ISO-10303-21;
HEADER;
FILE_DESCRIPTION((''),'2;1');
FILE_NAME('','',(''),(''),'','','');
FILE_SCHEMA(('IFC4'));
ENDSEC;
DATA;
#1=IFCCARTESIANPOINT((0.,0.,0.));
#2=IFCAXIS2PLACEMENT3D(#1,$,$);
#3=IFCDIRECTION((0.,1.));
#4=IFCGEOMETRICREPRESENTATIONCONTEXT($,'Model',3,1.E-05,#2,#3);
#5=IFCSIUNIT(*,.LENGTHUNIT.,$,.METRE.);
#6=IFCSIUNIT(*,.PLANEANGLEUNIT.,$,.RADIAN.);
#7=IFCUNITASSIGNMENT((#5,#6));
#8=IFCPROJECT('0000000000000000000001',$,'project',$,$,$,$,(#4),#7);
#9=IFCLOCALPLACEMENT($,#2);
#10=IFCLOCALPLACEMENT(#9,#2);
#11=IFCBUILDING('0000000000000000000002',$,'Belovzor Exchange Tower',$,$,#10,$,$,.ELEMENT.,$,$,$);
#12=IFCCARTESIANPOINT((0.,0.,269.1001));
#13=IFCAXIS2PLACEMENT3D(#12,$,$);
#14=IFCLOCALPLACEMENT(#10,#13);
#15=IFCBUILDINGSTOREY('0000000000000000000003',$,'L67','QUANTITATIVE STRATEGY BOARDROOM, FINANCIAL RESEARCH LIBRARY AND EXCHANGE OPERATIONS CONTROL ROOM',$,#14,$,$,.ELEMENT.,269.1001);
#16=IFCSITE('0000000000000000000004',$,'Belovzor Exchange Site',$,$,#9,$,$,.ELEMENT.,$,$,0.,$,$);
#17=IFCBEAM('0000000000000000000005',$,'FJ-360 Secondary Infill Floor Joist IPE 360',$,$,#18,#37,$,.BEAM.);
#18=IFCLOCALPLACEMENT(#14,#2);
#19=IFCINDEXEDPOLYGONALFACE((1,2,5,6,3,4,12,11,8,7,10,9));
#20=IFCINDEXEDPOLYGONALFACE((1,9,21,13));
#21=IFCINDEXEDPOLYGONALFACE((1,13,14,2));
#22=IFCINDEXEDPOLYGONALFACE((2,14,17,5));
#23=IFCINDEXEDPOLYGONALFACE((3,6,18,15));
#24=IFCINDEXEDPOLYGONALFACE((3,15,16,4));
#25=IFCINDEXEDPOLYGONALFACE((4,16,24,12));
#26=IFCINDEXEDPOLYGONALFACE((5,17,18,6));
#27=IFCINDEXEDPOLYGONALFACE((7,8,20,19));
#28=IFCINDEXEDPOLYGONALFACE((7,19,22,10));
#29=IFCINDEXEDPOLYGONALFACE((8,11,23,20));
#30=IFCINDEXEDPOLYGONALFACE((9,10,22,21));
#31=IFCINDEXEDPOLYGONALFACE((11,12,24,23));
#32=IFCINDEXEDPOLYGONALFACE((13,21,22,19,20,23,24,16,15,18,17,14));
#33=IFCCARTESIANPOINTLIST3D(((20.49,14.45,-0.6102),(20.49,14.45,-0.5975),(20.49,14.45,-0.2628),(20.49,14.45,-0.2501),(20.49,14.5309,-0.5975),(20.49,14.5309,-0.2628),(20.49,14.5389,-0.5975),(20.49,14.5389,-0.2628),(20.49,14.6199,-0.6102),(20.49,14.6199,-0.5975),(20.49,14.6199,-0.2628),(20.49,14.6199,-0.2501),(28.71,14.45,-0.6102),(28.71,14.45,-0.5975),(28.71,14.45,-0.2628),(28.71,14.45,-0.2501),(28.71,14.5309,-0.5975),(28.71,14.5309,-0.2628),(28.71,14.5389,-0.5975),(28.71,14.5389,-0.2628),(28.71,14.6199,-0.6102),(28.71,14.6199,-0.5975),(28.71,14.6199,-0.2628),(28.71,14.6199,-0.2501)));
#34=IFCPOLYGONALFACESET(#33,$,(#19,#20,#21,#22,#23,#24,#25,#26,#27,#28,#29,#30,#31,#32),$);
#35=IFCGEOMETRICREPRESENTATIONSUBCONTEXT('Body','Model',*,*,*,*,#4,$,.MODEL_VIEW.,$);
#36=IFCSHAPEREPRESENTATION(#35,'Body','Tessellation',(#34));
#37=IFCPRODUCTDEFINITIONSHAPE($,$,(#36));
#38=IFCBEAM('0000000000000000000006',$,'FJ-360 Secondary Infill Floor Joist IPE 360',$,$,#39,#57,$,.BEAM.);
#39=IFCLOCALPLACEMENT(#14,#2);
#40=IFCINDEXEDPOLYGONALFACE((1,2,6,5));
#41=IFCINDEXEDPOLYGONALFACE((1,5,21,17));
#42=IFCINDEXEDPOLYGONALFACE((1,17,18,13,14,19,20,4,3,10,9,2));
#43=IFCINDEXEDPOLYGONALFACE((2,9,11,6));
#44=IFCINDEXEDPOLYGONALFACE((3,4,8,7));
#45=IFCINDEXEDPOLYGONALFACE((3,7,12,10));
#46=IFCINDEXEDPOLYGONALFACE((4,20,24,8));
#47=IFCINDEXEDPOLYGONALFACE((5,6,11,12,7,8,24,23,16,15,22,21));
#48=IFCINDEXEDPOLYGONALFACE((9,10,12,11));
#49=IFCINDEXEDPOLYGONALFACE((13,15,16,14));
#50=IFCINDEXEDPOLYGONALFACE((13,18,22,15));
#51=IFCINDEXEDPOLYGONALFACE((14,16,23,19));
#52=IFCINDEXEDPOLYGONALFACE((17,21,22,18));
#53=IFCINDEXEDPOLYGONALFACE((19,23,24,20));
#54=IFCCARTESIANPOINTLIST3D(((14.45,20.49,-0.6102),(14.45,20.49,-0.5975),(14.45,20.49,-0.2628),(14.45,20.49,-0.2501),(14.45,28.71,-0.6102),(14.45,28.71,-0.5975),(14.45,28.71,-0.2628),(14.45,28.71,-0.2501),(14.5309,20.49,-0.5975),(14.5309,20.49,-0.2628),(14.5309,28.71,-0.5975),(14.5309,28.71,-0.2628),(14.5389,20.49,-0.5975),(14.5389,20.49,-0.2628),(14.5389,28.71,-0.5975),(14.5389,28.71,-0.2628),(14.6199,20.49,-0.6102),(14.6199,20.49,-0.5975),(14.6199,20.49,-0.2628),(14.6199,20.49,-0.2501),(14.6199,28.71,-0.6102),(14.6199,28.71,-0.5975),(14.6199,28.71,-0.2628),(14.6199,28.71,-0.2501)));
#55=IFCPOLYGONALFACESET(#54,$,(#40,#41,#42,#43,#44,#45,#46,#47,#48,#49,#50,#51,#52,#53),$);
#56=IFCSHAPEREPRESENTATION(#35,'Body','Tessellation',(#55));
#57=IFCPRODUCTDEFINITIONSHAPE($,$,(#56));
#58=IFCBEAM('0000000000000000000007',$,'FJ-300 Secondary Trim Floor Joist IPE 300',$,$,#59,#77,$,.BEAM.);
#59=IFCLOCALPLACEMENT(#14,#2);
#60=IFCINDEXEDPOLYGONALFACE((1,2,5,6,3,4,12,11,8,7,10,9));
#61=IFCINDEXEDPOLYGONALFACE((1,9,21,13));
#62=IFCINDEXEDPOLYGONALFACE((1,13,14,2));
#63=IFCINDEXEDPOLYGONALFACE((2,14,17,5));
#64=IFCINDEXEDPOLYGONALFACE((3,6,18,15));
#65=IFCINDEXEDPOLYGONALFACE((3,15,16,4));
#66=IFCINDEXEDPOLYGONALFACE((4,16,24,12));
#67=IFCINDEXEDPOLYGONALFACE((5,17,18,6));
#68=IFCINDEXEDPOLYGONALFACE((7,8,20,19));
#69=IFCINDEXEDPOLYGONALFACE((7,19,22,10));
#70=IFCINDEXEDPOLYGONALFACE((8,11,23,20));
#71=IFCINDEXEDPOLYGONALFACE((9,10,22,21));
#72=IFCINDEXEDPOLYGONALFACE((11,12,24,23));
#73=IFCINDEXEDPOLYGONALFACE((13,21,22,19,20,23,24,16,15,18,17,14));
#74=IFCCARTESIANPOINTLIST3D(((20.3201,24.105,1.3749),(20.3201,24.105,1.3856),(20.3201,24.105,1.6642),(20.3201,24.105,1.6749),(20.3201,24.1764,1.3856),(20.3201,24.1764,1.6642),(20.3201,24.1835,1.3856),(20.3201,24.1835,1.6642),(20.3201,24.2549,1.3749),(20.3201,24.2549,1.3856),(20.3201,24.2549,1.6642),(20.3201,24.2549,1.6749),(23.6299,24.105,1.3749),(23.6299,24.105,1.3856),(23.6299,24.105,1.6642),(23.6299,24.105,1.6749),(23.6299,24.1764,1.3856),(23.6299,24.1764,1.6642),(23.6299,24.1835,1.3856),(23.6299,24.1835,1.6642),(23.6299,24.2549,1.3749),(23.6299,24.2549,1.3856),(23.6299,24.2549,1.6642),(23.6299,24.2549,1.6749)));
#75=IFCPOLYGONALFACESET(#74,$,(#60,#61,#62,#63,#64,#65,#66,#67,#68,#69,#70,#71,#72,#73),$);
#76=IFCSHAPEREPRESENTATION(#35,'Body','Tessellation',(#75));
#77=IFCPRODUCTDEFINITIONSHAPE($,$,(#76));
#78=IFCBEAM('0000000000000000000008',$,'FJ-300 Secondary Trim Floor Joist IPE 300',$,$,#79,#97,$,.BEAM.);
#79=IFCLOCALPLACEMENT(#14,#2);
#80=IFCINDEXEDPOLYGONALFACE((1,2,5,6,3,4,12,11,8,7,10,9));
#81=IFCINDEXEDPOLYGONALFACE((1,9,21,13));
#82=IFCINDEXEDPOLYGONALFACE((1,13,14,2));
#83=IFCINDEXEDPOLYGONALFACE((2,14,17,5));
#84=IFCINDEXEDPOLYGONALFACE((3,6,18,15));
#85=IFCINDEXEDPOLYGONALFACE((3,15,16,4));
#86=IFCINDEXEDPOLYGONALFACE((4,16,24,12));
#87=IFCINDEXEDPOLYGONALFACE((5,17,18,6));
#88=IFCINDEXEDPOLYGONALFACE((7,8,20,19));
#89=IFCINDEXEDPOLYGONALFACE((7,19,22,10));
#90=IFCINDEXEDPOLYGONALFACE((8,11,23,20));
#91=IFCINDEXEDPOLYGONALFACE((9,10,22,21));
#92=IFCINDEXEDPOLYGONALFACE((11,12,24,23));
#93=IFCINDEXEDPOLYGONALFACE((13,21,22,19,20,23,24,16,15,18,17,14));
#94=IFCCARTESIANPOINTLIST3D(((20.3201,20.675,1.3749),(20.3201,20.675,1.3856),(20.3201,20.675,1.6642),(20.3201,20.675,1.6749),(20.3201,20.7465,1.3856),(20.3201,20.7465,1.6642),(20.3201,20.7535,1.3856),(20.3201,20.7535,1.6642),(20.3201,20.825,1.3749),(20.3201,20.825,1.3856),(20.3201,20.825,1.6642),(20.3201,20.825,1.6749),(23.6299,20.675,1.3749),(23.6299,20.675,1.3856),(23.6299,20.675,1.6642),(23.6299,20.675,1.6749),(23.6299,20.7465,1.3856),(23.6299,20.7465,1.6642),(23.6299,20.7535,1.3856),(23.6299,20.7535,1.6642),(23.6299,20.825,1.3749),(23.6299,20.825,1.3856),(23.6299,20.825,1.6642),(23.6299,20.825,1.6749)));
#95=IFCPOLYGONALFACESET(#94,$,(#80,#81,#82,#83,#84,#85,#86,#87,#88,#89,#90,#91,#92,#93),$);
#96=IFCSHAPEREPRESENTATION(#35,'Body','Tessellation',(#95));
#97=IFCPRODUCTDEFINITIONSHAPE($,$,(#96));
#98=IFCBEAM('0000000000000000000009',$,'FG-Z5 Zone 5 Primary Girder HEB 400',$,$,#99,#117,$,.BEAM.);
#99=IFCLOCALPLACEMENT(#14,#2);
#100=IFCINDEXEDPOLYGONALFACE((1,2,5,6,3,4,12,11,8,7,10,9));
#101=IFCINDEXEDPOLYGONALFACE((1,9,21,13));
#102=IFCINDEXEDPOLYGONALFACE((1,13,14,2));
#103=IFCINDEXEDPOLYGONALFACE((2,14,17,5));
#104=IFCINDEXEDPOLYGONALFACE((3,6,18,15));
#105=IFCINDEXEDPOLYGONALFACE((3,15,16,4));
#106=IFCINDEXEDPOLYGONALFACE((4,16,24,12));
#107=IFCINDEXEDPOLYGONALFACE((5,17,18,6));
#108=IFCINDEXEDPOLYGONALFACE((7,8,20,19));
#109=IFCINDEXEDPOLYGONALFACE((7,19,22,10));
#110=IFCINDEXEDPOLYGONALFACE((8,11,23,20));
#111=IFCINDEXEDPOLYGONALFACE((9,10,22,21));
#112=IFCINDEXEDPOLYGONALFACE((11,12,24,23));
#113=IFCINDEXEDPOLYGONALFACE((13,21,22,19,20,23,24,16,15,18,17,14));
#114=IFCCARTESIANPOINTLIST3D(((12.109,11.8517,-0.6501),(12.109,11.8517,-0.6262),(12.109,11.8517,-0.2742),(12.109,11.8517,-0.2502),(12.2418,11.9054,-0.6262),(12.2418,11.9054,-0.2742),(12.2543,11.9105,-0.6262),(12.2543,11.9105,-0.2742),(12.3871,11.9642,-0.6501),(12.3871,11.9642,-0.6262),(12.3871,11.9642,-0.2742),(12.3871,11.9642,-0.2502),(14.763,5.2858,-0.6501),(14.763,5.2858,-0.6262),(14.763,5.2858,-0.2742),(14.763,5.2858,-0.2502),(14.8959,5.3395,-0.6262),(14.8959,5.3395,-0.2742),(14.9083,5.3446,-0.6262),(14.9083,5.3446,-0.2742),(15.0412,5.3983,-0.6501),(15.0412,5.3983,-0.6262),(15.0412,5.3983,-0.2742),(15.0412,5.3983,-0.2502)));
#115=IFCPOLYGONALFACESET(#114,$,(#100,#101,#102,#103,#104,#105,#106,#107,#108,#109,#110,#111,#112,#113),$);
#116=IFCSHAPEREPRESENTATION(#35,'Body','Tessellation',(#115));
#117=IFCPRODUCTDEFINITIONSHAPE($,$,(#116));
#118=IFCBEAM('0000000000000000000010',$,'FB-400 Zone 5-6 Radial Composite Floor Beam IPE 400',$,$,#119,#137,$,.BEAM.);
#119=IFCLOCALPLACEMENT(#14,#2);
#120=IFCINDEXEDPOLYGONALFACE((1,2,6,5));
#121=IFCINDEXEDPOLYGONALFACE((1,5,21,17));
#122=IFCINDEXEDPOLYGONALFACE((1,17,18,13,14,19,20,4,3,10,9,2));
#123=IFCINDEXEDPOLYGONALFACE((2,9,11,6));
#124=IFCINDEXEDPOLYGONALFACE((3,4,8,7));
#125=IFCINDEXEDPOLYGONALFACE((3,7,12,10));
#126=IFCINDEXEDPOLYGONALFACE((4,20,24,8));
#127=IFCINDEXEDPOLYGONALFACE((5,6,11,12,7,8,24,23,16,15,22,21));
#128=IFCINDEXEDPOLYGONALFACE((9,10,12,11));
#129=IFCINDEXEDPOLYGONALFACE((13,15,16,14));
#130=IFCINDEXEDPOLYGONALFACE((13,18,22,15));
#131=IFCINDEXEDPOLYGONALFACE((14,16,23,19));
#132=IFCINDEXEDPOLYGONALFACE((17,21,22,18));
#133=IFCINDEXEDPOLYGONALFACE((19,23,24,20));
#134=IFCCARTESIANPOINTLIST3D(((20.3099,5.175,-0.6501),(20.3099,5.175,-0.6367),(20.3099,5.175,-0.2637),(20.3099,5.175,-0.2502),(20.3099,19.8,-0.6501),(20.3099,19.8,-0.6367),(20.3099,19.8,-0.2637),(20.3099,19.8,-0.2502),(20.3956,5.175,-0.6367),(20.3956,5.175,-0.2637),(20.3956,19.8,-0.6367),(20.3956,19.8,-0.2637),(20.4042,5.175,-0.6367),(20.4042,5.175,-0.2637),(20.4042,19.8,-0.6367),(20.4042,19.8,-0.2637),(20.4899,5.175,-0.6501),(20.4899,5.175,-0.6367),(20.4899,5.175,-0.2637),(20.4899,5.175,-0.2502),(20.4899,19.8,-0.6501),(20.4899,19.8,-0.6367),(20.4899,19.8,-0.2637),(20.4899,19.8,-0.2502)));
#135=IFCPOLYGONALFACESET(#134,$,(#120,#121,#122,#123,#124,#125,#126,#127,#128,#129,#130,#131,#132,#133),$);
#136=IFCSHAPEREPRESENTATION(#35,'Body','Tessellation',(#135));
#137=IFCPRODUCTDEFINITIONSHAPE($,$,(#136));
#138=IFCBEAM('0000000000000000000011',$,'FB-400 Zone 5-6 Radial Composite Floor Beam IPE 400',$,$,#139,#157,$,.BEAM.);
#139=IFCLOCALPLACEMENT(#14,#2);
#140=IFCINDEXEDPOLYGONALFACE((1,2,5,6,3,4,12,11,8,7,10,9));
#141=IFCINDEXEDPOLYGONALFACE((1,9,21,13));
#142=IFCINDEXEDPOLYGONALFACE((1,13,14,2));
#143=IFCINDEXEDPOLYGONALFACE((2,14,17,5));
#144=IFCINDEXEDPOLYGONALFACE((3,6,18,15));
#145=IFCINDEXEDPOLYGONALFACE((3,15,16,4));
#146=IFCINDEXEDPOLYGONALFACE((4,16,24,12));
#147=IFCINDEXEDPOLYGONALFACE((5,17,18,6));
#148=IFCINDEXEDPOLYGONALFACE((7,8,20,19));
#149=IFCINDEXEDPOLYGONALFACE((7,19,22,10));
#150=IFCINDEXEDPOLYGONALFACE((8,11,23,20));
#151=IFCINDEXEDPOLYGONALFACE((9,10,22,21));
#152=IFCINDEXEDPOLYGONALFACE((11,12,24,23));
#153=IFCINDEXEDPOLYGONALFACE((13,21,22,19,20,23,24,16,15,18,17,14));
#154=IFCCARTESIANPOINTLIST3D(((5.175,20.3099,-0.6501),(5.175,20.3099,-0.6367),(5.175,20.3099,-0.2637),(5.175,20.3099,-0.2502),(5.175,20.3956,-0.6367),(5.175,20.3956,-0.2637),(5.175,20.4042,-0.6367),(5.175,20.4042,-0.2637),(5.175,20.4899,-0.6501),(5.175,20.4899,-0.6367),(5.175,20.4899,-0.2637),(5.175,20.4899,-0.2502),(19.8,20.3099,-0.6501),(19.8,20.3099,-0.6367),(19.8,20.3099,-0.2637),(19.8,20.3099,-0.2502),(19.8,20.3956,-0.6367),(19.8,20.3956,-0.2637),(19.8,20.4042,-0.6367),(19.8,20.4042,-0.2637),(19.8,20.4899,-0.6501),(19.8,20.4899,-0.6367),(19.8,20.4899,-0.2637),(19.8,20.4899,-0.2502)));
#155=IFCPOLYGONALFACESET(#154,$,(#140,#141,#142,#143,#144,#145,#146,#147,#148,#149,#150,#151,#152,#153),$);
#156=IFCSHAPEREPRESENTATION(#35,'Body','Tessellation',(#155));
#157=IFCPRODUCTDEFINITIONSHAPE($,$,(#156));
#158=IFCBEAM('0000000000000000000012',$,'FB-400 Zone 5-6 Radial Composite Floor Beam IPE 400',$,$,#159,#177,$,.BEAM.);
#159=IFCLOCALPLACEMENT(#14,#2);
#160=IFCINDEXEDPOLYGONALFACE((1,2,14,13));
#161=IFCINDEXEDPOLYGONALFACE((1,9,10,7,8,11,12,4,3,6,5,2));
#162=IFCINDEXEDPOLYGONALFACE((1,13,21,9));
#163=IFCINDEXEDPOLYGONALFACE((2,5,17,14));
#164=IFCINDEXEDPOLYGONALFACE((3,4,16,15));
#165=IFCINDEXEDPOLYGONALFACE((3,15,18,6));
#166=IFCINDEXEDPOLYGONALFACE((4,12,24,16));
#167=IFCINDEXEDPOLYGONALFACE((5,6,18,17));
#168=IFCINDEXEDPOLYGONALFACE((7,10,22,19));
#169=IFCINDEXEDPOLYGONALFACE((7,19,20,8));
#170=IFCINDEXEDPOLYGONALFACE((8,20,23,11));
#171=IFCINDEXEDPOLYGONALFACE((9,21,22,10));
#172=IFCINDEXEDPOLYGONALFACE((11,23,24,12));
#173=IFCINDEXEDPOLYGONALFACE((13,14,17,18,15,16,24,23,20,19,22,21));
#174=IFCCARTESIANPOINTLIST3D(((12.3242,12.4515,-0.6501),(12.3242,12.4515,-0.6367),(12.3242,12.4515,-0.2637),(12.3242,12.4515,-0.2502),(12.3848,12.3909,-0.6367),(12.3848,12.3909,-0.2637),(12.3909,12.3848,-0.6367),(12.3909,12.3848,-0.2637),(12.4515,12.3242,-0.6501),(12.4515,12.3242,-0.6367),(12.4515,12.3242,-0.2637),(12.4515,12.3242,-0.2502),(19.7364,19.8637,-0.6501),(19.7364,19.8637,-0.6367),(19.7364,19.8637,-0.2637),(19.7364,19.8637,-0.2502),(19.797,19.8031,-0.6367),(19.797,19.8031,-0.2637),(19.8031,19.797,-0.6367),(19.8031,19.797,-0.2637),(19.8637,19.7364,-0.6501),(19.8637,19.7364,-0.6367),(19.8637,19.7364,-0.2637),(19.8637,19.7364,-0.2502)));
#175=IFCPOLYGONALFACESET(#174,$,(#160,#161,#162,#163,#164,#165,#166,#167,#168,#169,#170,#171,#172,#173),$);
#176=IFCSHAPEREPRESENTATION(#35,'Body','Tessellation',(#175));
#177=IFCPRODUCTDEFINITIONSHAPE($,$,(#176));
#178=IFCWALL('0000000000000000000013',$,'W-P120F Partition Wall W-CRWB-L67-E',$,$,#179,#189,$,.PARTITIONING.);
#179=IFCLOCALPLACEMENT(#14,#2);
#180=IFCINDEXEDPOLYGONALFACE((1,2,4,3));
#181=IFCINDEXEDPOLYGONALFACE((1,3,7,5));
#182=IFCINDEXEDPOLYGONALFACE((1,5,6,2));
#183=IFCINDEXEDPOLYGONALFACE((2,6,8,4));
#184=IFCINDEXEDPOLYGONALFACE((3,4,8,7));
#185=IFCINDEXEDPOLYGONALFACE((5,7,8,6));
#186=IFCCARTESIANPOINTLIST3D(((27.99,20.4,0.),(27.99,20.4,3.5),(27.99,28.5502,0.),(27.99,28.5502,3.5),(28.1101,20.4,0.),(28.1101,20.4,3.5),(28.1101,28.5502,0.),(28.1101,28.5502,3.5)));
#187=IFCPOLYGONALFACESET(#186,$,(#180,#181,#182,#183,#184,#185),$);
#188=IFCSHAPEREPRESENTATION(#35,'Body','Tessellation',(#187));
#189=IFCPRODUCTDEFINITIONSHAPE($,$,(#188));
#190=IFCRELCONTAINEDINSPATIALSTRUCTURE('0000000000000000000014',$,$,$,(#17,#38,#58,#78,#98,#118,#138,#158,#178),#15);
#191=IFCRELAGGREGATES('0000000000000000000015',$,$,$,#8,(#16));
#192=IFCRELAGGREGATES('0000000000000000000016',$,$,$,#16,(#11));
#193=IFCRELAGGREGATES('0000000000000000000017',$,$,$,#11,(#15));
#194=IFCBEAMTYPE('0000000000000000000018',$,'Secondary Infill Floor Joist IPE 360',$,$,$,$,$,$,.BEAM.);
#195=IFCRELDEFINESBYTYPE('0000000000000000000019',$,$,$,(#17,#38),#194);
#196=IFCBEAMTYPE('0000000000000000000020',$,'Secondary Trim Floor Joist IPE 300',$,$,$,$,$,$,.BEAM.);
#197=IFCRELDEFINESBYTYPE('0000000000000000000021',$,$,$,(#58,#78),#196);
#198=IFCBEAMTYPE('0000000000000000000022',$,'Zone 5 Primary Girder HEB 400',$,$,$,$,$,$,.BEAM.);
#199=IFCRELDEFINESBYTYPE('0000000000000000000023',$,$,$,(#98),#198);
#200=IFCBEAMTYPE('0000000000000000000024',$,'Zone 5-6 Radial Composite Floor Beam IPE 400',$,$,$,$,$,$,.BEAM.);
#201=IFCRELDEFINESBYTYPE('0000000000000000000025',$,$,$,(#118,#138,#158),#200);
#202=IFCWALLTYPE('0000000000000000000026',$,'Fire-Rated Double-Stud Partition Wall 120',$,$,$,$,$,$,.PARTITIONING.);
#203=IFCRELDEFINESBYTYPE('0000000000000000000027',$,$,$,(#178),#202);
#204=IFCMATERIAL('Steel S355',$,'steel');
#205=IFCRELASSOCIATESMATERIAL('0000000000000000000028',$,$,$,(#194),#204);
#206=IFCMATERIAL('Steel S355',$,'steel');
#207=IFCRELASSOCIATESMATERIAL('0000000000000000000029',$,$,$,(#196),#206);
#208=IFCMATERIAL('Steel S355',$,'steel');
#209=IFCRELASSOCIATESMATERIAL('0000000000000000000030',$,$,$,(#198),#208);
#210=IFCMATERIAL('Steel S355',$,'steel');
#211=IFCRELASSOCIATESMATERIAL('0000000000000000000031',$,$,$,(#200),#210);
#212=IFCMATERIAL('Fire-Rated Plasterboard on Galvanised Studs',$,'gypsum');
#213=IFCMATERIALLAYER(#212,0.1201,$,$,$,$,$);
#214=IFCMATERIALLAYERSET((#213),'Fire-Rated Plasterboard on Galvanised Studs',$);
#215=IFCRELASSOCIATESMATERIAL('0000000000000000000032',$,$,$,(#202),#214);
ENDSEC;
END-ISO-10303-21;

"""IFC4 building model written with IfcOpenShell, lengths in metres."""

from ifc_helpers import new_model, si_unit, direction, frame, frame_2d, origin, origin_2d, place, context, subcontext, project, spatial, rectangle, i_section, extrude, material, layer, layer_set, material_profile, profile_set, type_object, element, save


model = new_model("IFC4")

# Units and contexts
model_context = context("Model", 3, precision=1e-05, world=origin(), true_north=direction((0.0, 1.0)))
body_context = subcontext(model_context, "Body", "Model", "MODEL_VIEW")
ifc_project = project(units=[si_unit("LENGTHUNIT", "METRE"), si_unit("PLANEANGLEUNIT", "RADIAN")], contexts=[model_context])

# Site, building, storey
site_placement = place(None, origin())
site = spatial("IfcSite", under=ifc_project, at=site_placement, Name="Belovzor Exchange Site", CompositionType="ELEMENT", RefElevation=0.0)
building_placement = place(site_placement, origin())
building = spatial("IfcBuilding", under=site, at=building_placement, Name="Belovzor Exchange Tower", CompositionType="ELEMENT")
storey_placement = place(building_placement, frame((0.0, 0.0, 269.1001)))
storey = spatial("IfcBuildingStorey", under=building, at=storey_placement, Name="L67", Description="QUANTITATIVE STRATEGY BOARDROOM, FINANCIAL RESEARCH LIBRARY AND EXCHANGE OPERATIONS CONTROL ROOM", CompositionType="ELEMENT", Elevation=269.1001)

# Beams
ifc_material_1 = material(Name="Steel S355", Category="steel")
ifc_material_profile_1 = material_profile(ifc_material_1, i_section(OverallWidth=0.1699, OverallDepth=0.3601, WebThickness=0.0081, FlangeThickness=0.0127, at=origin_2d()))
ifc_profile_set_1 = profile_set([ifc_material_profile_1], Name="Steel S355")
beam_type_1 = type_object("IfcBeamType", Name="Secondary Infill Floor Joist IPE 360", PredefinedType="BEAM", material=ifc_profile_set_1)
for number, where, z_axis, x_axis, name in (
    (1, (20.49, 14.5349, -0.4302), (1.0, 0.0, 0.0), (0.0, 1.0, 0.0), "FJ-360 Secondary Infill Floor Joist IPE 360"),
    (2, (14.5349, 20.49, -0.4302), (0.0, 1.0, 0.0), (-1.0, 0.0, 0.0), "FJ-360 Secondary Infill Floor Joist IPE 360"),
):
    element("IfcBeam", number, at=place(storey_placement, frame(where, z_axis=z_axis, x_axis=x_axis)), inside=storey, type_object=beam_type_1, Name=name, PredefinedType="BEAM", context=body_context, shape_type="SweptSolid", body=[
        extrude(i_section(OverallWidth=0.1699, OverallDepth=0.3601, WebThickness=0.0081, FlangeThickness=0.0127, at=origin_2d()), origin(), (0.0, 0.0, 1.0), 8.22),
    ])
ifc_material_2 = material(Name="Steel S355", Category="steel")
ifc_material_profile_2 = material_profile(ifc_material_2, i_section(OverallWidth=0.1499, OverallDepth=0.3, WebThickness=0.0071, FlangeThickness=0.0107, at=origin_2d()))
ifc_profile_set_2 = profile_set([ifc_material_profile_2], Name="Steel S355")
beam_type_2 = type_object("IfcBeamType", Name="Secondary Trim Floor Joist IPE 300", PredefinedType="BEAM", material=ifc_profile_set_2)
for number, where, z_axis, x_axis, name in (
    (3, (20.3201, 24.1799, 1.5249), (1.0, 0.0, 0.0), (0.0, 1.0, 0.0), "FJ-300 Secondary Trim Floor Joist IPE 300"),
    (4, (20.3201, 20.75, 1.5249), (1.0, 0.0, 0.0), (0.0, 1.0, 0.0), "FJ-300 Secondary Trim Floor Joist IPE 300"),
):
    element("IfcBeam", number, at=place(storey_placement, frame(where, z_axis=z_axis, x_axis=x_axis)), inside=storey, type_object=beam_type_2, Name=name, PredefinedType="BEAM", context=body_context, shape_type="SweptSolid", body=[
        extrude(i_section(OverallWidth=0.1499, OverallDepth=0.3, WebThickness=0.0071, FlangeThickness=0.0107, at=origin_2d()), origin(), (0.0, 0.0, 1.0), 3.3098),
    ])
ifc_material_3 = material(Name="Steel S355", Category="steel")
ifc_material_profile_3 = material_profile(ifc_material_3, i_section(OverallWidth=0.3, OverallDepth=0.3999, WebThickness=0.0134, FlangeThickness=0.0239, at=origin_2d()))
ifc_profile_set_3 = profile_set([ifc_material_profile_3], Name="Steel S355")
beam_type_3 = type_object("IfcBeamType", Name="Zone 5 Primary Girder HEB 400", PredefinedType="BEAM", material=ifc_profile_set_3)
beam_1_placement = place(storey_placement, frame((12.248, 11.908, -0.4502), z_axis=(0.374758, -0.927123, 0.0), x_axis=(0.927123, 0.374758, 0.0)))
element("IfcBeam", 5, at=beam_1_placement, inside=storey, type_object=beam_type_3, Name="FG-Z5 Zone 5 Primary Girder HEB 400", PredefinedType="BEAM", context=body_context, shape_type="SweptSolid", body=[
    extrude(i_section(OverallWidth=0.3, OverallDepth=0.3999, WebThickness=0.0134, FlangeThickness=0.0239, at=origin_2d()), origin(), (0.0, 0.0, 1.0), 7.082),
])
ifc_material_4 = material(Name="Steel S355", Category="steel")
ifc_material_profile_4 = material_profile(ifc_material_4, i_section(OverallWidth=0.1799, OverallDepth=0.3999, WebThickness=0.0085, FlangeThickness=0.0134, at=origin_2d()))
ifc_profile_set_4 = profile_set([ifc_material_profile_4], Name="Steel S355")
beam_type_4 = type_object("IfcBeamType", Name="Zone 5-6 Radial Composite Floor Beam IPE 400", PredefinedType="BEAM", material=ifc_profile_set_4)
for number, where, z_axis, x_axis, name in (
    (6, (20.3999, 19.8, -0.4502), (0.0, -1.0, 0.0), (1.0, 0.0, 0.0), "FB-400 Zone 5-6 Radial Composite Floor Beam IPE 400"),
    (7, (19.8, 20.3999, -0.4502), (-1.0, 0.0, 0.0), (0.0, -1.0, 0.0), "FB-400 Zone 5-6 Radial Composite Floor Beam IPE 400"),
):
    element("IfcBeam", number, at=place(storey_placement, frame(where, z_axis=z_axis, x_axis=x_axis)), inside=storey, type_object=beam_type_4, Name=name, PredefinedType="BEAM", context=body_context, shape_type="SweptSolid", body=[
        extrude(i_section(OverallWidth=0.1799, OverallDepth=0.3999, WebThickness=0.0085, FlangeThickness=0.0134, at=origin_2d()), origin(), (0.0, 0.0, 1.0), 14.625),
    ])
beam_2_placement = place(storey_placement, frame((19.8, 19.8, -0.4502), z_axis=(-0.707107, -0.707107, 0.0), x_axis=(0.707107, -0.707107, 0.0)))
element("IfcBeam", 8, at=beam_2_placement, inside=storey, type_object=beam_type_4, Name="FB-400 Zone 5-6 Radial Composite Floor Beam IPE 400", PredefinedType="BEAM", context=body_context, shape_type="SweptSolid", body=[
    extrude(i_section(OverallWidth=0.1799, OverallDepth=0.3999, WebThickness=0.0085, FlangeThickness=0.0134, at=origin_2d()), origin(), (0.0, 0.0, 1.0), 10.4824),
])

# Wall
ifc_material_5 = material(Name="Fire-Rated Plasterboard on Galvanised Studs", Category="gypsum")
ifc_layer_1 = layer(ifc_material_5, 0.1201)
ifc_layer_set_1 = layer_set([ifc_layer_1], Name="Fire-Rated Plasterboard on Galvanised Studs")
wall_type_1 = type_object("IfcWallType", Name="Fire-Rated Double-Stud Partition Wall 120", PredefinedType="PARTITIONING", material=ifc_layer_set_1)
wall_1_placement = place(storey_placement, frame((28.05, 20.3999, 0.0), z_axis=(0.0, 0.0, 1.0), x_axis=(0.0, 1.0, 0.0)))
element("IfcWall", 9, at=wall_1_placement, inside=storey, type_object=wall_type_1, Name="W-P120F Partition Wall W-CRWB-L67-E", PredefinedType="PARTITIONING", context=body_context, shape_type="SweptSolid", body=[
    extrude(rectangle(XDim=8.1501, YDim=0.1201, at=frame_2d((4.0752, 0.0))), origin(), (0.0, 0.0, 1.0), 3.5),
])

save(model, "model.ifc")
